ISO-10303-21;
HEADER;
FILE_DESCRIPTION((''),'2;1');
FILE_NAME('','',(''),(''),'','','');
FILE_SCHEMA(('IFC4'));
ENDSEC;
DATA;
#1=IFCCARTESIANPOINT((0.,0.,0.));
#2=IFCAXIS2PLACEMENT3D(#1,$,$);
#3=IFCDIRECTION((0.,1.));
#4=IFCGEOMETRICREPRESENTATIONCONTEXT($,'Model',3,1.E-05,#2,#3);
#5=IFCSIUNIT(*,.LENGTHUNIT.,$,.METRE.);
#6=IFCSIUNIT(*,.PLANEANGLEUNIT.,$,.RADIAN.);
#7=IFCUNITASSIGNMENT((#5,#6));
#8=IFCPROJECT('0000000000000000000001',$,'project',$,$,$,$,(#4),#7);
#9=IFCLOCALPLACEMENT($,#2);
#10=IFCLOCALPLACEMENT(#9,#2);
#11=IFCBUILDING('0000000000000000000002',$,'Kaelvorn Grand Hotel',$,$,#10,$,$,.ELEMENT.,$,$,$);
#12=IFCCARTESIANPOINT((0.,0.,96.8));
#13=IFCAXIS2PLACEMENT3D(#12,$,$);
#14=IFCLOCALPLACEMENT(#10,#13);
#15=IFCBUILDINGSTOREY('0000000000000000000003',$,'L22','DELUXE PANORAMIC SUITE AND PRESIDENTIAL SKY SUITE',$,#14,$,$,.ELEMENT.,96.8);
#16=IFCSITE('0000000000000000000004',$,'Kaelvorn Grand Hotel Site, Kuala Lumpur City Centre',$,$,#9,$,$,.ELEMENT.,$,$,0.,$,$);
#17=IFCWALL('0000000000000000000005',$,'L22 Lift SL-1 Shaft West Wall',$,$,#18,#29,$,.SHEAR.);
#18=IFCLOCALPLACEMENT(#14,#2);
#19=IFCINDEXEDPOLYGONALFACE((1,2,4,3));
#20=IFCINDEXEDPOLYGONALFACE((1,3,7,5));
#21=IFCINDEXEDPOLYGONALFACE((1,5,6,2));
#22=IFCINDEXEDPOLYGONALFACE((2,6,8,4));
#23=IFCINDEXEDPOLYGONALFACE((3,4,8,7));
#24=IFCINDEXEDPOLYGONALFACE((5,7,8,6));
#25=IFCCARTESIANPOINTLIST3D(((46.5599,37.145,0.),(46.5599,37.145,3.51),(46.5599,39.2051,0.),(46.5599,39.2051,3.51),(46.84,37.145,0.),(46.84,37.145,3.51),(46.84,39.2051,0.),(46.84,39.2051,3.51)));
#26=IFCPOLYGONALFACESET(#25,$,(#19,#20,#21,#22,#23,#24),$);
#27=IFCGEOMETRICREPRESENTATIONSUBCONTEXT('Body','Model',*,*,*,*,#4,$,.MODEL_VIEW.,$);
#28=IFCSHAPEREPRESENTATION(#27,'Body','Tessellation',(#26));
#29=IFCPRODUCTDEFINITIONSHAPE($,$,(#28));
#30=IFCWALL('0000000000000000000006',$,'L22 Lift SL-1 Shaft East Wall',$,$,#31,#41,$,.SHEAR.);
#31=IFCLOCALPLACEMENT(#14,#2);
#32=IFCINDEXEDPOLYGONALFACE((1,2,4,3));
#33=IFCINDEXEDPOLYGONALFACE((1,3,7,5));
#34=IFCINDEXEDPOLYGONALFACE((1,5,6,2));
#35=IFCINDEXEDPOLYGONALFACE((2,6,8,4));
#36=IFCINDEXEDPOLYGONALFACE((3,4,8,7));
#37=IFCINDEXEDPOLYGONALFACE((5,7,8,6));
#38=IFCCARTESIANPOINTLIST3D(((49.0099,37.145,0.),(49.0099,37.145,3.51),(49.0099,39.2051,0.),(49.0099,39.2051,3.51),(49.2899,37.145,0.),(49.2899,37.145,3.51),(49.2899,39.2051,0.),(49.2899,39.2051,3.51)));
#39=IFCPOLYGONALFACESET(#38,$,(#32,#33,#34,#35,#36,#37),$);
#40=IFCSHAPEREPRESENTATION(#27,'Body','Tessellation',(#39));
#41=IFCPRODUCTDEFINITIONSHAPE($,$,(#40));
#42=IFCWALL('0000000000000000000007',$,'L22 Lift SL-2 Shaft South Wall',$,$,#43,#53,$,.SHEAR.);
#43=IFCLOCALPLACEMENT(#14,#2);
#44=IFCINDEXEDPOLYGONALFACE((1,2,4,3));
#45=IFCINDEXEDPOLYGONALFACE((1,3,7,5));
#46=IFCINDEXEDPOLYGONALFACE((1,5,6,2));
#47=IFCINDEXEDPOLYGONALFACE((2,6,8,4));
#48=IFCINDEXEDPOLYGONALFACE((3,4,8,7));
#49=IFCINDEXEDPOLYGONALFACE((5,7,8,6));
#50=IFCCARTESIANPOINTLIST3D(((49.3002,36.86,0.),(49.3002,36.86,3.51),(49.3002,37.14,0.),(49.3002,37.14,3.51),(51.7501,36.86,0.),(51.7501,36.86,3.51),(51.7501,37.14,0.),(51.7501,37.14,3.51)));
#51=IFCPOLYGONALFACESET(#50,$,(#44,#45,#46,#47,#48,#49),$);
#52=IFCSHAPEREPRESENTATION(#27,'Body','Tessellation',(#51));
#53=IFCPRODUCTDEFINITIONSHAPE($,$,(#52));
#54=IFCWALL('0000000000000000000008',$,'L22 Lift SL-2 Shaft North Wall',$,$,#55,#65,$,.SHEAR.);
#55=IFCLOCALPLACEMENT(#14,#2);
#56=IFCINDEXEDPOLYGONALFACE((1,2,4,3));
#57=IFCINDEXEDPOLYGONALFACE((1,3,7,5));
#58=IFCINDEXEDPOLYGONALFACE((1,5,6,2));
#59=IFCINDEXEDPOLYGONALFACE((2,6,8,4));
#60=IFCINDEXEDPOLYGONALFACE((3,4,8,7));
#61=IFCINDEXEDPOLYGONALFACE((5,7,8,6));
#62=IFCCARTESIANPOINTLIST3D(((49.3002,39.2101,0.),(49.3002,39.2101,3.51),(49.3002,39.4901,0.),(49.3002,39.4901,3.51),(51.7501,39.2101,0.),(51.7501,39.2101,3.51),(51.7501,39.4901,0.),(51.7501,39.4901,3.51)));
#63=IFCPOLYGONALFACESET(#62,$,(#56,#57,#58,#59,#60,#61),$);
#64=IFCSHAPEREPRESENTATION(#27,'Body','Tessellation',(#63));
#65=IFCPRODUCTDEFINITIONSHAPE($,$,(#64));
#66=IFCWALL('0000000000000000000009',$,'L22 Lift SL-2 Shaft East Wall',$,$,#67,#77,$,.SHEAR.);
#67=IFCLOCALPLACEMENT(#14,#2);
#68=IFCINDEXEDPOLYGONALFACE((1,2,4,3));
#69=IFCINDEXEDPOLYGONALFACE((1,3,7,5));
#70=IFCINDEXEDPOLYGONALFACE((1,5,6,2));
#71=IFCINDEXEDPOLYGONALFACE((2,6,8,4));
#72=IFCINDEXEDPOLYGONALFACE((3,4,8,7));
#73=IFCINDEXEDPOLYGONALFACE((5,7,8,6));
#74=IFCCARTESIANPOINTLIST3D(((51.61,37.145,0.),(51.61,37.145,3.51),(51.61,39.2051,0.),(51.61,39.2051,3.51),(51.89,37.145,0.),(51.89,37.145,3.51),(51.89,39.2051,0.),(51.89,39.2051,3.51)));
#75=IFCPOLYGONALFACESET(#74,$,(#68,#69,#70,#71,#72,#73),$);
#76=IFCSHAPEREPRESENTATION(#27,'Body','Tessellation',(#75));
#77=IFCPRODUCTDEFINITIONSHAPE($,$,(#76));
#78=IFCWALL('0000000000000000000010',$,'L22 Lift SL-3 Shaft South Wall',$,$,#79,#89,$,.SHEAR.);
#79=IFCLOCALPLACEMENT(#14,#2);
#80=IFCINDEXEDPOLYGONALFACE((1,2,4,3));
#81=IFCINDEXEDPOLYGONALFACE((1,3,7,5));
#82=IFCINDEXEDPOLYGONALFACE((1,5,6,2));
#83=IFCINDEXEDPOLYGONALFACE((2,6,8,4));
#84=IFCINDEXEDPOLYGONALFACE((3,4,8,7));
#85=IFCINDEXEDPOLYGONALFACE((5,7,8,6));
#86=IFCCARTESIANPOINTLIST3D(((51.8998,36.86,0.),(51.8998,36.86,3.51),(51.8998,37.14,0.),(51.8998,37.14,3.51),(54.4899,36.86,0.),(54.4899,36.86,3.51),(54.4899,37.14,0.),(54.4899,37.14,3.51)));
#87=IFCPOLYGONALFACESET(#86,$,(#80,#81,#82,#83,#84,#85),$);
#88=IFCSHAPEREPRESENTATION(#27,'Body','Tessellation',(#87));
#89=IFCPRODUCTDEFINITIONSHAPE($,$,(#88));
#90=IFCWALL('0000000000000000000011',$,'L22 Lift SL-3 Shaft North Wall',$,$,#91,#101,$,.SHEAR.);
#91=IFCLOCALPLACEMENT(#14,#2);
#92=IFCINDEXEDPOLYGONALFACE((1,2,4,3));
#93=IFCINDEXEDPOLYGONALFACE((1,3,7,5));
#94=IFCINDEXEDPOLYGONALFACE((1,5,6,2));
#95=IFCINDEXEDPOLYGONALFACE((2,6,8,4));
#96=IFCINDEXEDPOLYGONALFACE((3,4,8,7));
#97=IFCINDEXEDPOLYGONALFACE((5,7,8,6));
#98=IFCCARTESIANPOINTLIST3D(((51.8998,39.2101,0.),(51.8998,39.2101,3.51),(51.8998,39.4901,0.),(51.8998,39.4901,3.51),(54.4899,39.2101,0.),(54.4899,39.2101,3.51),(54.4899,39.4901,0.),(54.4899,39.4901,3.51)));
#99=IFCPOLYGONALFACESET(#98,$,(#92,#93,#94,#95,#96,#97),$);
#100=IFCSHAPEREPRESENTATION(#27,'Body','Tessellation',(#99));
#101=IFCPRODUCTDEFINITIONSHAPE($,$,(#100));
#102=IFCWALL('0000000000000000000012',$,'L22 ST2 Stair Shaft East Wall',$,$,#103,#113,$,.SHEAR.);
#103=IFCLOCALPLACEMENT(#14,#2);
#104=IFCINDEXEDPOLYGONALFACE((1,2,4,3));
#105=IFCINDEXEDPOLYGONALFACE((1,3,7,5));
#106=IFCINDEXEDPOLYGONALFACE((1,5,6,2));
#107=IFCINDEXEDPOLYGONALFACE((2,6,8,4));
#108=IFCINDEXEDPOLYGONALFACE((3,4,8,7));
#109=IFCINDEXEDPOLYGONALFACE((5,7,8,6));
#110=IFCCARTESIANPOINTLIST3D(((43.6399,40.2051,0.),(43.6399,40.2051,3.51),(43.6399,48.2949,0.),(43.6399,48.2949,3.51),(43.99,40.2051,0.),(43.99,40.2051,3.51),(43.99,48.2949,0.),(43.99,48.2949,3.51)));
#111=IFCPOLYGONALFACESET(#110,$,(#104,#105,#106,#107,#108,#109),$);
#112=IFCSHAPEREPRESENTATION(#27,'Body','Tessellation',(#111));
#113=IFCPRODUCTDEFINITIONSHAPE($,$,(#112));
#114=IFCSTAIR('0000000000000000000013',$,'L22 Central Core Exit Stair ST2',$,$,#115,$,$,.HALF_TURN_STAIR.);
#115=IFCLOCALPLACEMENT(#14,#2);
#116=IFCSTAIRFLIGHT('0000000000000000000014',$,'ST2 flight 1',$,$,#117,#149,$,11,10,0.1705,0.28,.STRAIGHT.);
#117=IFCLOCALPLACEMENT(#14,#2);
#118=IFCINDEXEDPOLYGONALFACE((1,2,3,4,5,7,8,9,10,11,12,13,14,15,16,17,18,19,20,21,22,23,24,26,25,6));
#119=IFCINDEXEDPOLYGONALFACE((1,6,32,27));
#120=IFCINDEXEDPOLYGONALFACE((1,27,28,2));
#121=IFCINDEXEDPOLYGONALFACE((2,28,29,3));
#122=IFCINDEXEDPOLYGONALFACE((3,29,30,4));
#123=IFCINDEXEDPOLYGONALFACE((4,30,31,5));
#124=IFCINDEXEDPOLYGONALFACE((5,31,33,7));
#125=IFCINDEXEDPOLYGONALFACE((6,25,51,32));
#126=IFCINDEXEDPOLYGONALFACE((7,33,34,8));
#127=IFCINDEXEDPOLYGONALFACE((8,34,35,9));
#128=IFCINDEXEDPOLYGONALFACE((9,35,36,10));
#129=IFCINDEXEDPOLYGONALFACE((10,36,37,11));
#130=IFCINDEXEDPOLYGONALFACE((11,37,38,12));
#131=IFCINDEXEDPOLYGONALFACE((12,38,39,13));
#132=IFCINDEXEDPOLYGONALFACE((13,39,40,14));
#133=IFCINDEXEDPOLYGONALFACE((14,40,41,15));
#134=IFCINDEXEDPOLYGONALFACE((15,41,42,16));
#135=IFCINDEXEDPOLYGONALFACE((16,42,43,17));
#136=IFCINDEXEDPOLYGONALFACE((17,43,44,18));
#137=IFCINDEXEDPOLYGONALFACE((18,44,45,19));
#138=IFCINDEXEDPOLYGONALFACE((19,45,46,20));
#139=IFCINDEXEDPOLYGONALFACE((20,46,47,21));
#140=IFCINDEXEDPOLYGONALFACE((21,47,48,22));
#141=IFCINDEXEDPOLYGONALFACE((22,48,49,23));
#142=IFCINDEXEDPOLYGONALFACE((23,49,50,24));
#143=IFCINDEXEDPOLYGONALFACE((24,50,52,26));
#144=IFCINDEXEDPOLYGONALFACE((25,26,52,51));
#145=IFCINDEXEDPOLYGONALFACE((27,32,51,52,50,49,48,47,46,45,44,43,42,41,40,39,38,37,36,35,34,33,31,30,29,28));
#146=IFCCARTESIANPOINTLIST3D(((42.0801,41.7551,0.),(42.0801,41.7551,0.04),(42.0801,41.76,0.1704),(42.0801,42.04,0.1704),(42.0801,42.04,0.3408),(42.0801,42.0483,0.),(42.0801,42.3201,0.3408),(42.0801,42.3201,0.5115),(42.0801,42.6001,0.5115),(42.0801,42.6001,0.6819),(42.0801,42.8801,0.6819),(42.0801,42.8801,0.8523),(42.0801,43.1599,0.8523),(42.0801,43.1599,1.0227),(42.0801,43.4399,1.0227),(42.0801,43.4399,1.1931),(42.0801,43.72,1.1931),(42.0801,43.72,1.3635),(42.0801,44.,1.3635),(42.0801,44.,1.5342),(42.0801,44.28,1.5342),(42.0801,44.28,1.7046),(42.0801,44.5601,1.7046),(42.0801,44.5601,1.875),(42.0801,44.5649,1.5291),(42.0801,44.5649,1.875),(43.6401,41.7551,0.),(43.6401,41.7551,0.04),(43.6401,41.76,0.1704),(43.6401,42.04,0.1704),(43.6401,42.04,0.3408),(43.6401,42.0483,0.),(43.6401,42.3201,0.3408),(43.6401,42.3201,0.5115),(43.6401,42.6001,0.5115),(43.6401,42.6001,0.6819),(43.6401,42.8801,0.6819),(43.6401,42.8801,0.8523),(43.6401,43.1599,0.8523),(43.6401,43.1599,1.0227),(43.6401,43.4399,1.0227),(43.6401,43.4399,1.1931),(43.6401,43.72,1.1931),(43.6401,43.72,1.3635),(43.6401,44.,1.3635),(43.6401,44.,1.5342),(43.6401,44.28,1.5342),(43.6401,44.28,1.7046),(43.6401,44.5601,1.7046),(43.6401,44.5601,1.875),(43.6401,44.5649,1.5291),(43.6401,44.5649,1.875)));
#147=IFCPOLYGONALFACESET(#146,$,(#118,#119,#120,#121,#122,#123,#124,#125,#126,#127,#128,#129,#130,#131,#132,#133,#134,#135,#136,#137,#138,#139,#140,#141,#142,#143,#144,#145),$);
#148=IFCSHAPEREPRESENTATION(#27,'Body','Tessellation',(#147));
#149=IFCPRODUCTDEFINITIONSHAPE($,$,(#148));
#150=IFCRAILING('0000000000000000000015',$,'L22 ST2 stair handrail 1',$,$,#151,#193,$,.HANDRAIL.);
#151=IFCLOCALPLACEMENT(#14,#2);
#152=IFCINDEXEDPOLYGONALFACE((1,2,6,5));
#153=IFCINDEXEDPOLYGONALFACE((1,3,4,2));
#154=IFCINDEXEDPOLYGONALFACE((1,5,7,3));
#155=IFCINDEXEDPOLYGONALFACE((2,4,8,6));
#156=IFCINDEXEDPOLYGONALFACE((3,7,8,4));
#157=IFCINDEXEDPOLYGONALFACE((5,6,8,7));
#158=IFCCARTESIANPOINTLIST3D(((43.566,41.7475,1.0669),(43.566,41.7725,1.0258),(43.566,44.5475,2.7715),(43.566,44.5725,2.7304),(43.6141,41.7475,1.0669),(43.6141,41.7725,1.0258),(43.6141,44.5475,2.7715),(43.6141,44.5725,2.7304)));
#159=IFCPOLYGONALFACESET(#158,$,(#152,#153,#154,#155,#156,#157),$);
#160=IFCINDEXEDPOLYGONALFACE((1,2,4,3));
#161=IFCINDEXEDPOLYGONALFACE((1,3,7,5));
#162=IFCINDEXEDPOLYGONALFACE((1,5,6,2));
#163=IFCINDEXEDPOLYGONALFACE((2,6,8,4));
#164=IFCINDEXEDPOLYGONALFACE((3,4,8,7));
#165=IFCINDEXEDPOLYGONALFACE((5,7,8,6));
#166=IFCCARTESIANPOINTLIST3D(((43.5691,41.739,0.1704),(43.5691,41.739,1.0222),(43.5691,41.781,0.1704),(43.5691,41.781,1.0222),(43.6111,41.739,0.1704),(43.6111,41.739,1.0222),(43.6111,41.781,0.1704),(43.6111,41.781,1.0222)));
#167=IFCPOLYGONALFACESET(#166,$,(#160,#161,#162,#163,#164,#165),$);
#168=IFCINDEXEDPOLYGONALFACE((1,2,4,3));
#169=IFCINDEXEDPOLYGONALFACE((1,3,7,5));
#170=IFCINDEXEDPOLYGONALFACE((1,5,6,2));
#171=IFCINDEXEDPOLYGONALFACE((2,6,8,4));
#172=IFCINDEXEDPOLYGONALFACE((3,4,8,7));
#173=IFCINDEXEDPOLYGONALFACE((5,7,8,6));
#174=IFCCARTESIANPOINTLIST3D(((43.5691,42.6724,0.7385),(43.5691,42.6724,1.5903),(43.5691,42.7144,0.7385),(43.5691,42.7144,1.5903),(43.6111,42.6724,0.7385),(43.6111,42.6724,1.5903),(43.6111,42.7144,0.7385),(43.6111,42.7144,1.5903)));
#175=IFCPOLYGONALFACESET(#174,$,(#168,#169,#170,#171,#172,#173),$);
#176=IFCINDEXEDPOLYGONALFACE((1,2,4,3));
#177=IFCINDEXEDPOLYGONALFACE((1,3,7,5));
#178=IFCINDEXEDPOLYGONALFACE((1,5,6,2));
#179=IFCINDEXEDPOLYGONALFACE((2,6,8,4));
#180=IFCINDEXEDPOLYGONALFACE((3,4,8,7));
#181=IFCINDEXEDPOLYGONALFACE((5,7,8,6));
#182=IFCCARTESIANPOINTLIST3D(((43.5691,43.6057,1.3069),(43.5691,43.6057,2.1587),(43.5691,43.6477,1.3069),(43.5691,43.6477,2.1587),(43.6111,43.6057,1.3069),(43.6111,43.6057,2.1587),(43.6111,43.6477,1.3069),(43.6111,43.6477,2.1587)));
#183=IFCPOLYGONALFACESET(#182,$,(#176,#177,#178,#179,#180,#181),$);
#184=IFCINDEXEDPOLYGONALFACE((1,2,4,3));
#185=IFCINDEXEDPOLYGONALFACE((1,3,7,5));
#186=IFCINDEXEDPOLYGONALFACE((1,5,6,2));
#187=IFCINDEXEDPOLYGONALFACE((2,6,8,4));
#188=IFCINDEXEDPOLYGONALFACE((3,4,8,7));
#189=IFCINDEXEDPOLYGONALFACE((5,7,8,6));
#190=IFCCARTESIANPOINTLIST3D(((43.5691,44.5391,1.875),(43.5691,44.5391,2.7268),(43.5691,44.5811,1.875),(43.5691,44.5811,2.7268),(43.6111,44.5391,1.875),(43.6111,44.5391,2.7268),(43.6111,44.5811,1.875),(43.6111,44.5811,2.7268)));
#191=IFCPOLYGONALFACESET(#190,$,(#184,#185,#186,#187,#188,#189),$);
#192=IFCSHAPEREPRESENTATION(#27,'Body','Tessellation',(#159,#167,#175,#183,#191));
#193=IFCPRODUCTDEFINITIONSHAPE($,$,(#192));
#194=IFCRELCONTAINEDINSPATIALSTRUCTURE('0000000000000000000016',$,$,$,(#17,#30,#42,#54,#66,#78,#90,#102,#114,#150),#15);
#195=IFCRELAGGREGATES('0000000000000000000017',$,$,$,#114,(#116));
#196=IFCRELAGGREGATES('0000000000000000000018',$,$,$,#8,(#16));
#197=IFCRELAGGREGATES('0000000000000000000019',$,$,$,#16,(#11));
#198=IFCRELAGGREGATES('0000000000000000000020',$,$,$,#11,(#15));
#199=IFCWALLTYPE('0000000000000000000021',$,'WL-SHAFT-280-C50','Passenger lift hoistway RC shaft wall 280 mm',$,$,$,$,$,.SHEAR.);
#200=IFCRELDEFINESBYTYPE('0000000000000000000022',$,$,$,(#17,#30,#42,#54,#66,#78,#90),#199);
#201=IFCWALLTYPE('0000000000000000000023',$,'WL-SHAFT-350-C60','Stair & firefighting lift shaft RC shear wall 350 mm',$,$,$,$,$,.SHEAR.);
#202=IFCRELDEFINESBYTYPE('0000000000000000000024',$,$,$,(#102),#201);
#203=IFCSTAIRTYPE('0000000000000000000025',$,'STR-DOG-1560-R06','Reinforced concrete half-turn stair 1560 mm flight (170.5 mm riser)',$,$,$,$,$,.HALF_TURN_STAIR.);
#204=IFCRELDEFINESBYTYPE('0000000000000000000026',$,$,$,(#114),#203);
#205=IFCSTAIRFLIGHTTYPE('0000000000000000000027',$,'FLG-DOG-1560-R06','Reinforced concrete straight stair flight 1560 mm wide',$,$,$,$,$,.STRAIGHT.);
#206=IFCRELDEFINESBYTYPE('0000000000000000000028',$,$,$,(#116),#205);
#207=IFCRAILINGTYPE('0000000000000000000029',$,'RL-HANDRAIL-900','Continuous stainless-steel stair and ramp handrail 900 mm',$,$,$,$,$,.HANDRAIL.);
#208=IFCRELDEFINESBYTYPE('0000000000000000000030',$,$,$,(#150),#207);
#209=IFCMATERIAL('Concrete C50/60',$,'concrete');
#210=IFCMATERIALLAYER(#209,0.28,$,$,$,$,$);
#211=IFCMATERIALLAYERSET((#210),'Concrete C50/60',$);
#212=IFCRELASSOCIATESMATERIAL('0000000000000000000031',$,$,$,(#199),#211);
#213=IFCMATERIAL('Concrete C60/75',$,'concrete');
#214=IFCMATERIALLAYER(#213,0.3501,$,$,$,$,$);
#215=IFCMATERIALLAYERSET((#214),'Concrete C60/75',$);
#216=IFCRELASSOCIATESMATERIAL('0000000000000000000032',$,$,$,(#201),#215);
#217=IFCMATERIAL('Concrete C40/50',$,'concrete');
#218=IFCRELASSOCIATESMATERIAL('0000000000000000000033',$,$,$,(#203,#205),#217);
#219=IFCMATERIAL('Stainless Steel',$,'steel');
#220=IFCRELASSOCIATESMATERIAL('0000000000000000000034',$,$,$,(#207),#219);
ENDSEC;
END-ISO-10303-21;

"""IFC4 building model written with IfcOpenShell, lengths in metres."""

from ifc_helpers import new_model, si_unit, direction, frame, frame_2d, origin, origin_2d, place, context, subcontext, project, spatial, polyline, rectangle, outline, extrude, material, layer, layer_set, type_object, element, aggregate, save


model = new_model("IFC4")

# Units and contexts
model_context = context("Model", 3, precision=1e-05, world=origin(), true_north=direction((0.0, 1.0)))
body_context = subcontext(model_context, "Body", "Model", "MODEL_VIEW")
ifc_project = project(units=[si_unit("LENGTHUNIT", "METRE"), si_unit("PLANEANGLEUNIT", "RADIAN")], contexts=[model_context])

# Site, building, storey
site_placement = place(None, origin())
site = spatial("IfcSite", under=ifc_project, at=site_placement, Name="Kaelvorn Grand Hotel Site, Kuala Lumpur City Centre", CompositionType="ELEMENT", RefElevation=0.0)
building_placement = place(site_placement, origin())
building = spatial("IfcBuilding", under=site, at=building_placement, Name="Kaelvorn Grand Hotel", CompositionType="ELEMENT")
storey_placement = place(building_placement, frame((0.0, 0.0, 96.8)))
storey = spatial("IfcBuildingStorey", under=building, at=storey_placement, Name="L22", Description="DELUXE PANORAMIC SUITE AND PRESIDENTIAL SKY SUITE", CompositionType="ELEMENT", Elevation=96.8)

# Shared definitions
ifc_material_1 = material(Name="Concrete C60/75", Category="concrete")

# Walls
ifc_material_2 = material(Name="Concrete C40/50", Category="concrete")
ifc_material_3 = material(Name="Concrete C50/60", Category="concrete")
ifc_layer_1 = layer(ifc_material_3, 0.28)
ifc_layer_set_1 = layer_set([ifc_layer_1], Name="Concrete C50/60")
wall_type_1 = type_object("IfcWallType", Name="WL-SHAFT-280-C50", Description="Passenger lift hoistway RC shaft wall 280 mm", PredefinedType="SHEAR", material=ifc_layer_set_1)
for number, where, z_axis, x_axis, name in (
    (1, (46.7, 37.145, 0.0), (0.0, 0.0, 1.0), (0.0, 1.0, 0.0), "L22 Lift SL-1 Shaft West Wall"),
    (2, (49.1499, 37.145, 0.0), (0.0, 0.0, 1.0), (0.0, 1.0, 0.0), "L22 Lift SL-1 Shaft East Wall"),
):
    element("IfcWall", number, at=place(storey_placement, frame(where, z_axis=z_axis, x_axis=x_axis)), inside=storey, type_object=wall_type_1, Name=name, PredefinedType="SHEAR", context=body_context, shape_type="SweptSolid", body=[
        extrude(rectangle(XDim=2.0601, YDim=0.28, at=frame_2d((1.03, 0.0))), origin(), (0.0, 0.0, 1.0), 3.51),
    ])
for number, where, z_axis, x_axis, name in (
    (3, (49.3, 37.0, 0.0), (0.0, 0.0, 1.0), (1.0, 0.0, 0.0), "L22 Lift SL-2 Shaft South Wall"),
    (4, (49.3, 39.3501, 0.0), (0.0, 0.0, 1.0), (1.0, 0.0, 0.0), "L22 Lift SL-2 Shaft North Wall"),
):
    element("IfcWall", number, at=place(storey_placement, frame(where, z_axis=z_axis, x_axis=x_axis)), inside=storey, type_object=wall_type_1, Name=name, PredefinedType="SHEAR", context=body_context, shape_type="SweptSolid", body=[
        extrude(rectangle(XDim=2.45, YDim=0.28, at=frame_2d((1.2251, 0.0))), origin(), (0.0, 0.0, 1.0), 3.51),
    ])
wall_1_placement = place(storey_placement, frame((51.75, 37.145, 0.0), z_axis=(0.0, 0.0, 1.0), x_axis=(0.0, 1.0, 0.0)))
element("IfcWall", 5, at=wall_1_placement, inside=storey, type_object=wall_type_1, Name="L22 Lift SL-2 Shaft East Wall", PredefinedType="SHEAR", context=body_context, shape_type="SweptSolid", body=[
    extrude(rectangle(XDim=2.0601, YDim=0.28, at=frame_2d((1.03, 0.0))), origin(), (0.0, 0.0, 1.0), 3.51),
])
for number, where, z_axis, x_axis, name in (
    (6, (51.8999, 37.0, 0.0), (0.0, 0.0, 1.0), (1.0, 0.0, 0.0), "L22 Lift SL-3 Shaft South Wall"),
    (7, (51.8999, 39.3501, 0.0), (0.0, 0.0, 1.0), (1.0, 0.0, 0.0), "L22 Lift SL-3 Shaft North Wall"),
):
    element("IfcWall", number, at=place(storey_placement, frame(where, z_axis=z_axis, x_axis=x_axis)), inside=storey, type_object=wall_type_1, Name=name, PredefinedType="SHEAR", context=body_context, shape_type="SweptSolid", body=[
        extrude(rectangle(XDim=2.5901, YDim=0.28, at=frame_2d((1.2949, 0.0))), origin(), (0.0, 0.0, 1.0), 3.51),
    ])
ifc_layer_2 = layer(ifc_material_1, 0.3501)
ifc_layer_set_2 = layer_set([ifc_layer_2], Name="Concrete C60/75")
wall_type_2 = type_object("IfcWallType", Name="WL-SHAFT-350-C60", Description="Stair & firefighting lift shaft RC shear wall 350 mm", PredefinedType="SHEAR", material=ifc_layer_set_2)
wall_2_placement = place(storey_placement, frame((43.8149, 40.2051, 0.0), z_axis=(0.0, 0.0, 1.0), x_axis=(0.0, 1.0, 0.0)))
element("IfcWall", 8, at=wall_2_placement, inside=storey, type_object=wall_type_2, Name="L22 ST2 Stair Shaft East Wall", PredefinedType="SHEAR", context=body_context, shape_type="SweptSolid", body=[
    extrude(rectangle(XDim=8.0898, YDim=0.3501, at=frame_2d((4.0449, 0.0))), origin(), (0.0, 0.0, 1.0), 3.51),
])

# Stair, stair flight
stair_type = type_object("IfcStairType", Name="STR-DOG-1560-R06", Description="Reinforced concrete half-turn stair 1560 mm flight (170.5 mm riser)", PredefinedType="HALF_TURN_STAIR", material=ifc_material_2)
stair_placement = place(storey_placement, origin())
stair = element("IfcStair", 9, at=stair_placement, inside=storey, type_object=stair_type, Name="L22 Central Core Exit Stair ST2", PredefinedType="HALF_TURN_STAIR")
stair_flight_type = type_object("IfcStairFlightType", Name="FLG-DOG-1560-R06", Description="Reinforced concrete straight stair flight 1560 mm wide", PredefinedType="STRAIGHT", material=ifc_material_2)
stair_flight_placement = place(storey_placement, frame((42.8601, 41.76, 0.0), z_axis=(0.0, 0.0, 1.0), x_axis=(0.0, 1.0, 0.0)))
stair_flight = element("IfcStairFlight", 10, at=stair_flight_placement, type_object=stair_flight_type, Name="ST2 flight 1", NumberOfRisers=11, NumberOfTreads=10, PredefinedType="STRAIGHT", RiserHeight=0.1705, TreadLength=0.28, context=body_context, shape_type="SweptSolid", body=[
    extrude(outline(polyline([(-0.0049, 0.0), (-0.0049, 0.04), (0.0, 0.1704), (0.28, 0.1704), (0.28, 0.3408), (0.5601, 0.3408), (0.5601, 0.5115), (0.8401, 0.5115), (0.8401, 0.6819), (1.1201, 0.6819), (1.1201, 0.8523), (1.3999, 0.8523), (1.3999, 1.0227), (1.6799, 1.0227), (1.6799, 1.1931), (1.96, 1.1931), (1.96, 1.3635), (2.24, 1.3635), (2.24, 1.5342), (2.52, 1.5342), (2.52, 1.7046), (2.8, 1.7046), (2.8, 1.875), (2.8049, 1.875), (2.8049, 1.5291), (0.2883, 0.0), (-0.0049, 0.0)])), frame((0.0, 0.78, 0.0), z_axis=(0.0, -1.0, 0.0), x_axis=(1.0, 0.0, 0.0)), (0.0, 0.0, 1.0), 1.5601),
])
aggregate(stair, [stair_flight])

# Railing
ifc_material_4 = material(Name="Stainless Steel", Category="steel")
railing_type_1 = type_object("IfcRailingType", Name="RL-HANDRAIL-900", Description="Continuous stainless-steel stair and ramp handrail 900 mm", PredefinedType="HANDRAIL", material=ifc_material_4)
railing_1_placement = place(storey_placement, frame((43.5901, 41.76, 0.1704)))
element("IfcRailing", 11, at=railing_1_placement, inside=storey, type_object=railing_type_1, Name="L22 ST2 stair handrail 1", PredefinedType="HANDRAIL", context=body_context, shape_type="SweptSolid", body=[
    extrude(rectangle(XDim=0.0481, YDim=0.0481, at=origin_2d()), frame((0.0, 0.0, 0.876), z_axis=(0.0, 0.85417, 0.519994), x_axis=(-1.0, 0.0, 0.0)), (0.0, 0.0, 1.0), 3.2781),
    extrude(rectangle(XDim=0.042, YDim=0.042, at=origin_2d()), origin(), (0.0, 0.0, 1.0), 0.8518),
    extrude(rectangle(XDim=0.042, YDim=0.042, at=origin_2d()), frame((0.0, 0.9333, 0.5681)), (0.0, 0.0, 1.0), 0.8518),
    extrude(rectangle(XDim=0.042, YDim=0.042, at=origin_2d()), frame((0.0, 1.8667, 1.1365)), (0.0, 0.0, 1.0), 0.8518),
    extrude(rectangle(XDim=0.042, YDim=0.042, at=origin_2d()), frame((0.0, 2.8, 1.7046)), (0.0, 0.0, 1.0), 0.8518),
])

save(model, "model.ifc")
